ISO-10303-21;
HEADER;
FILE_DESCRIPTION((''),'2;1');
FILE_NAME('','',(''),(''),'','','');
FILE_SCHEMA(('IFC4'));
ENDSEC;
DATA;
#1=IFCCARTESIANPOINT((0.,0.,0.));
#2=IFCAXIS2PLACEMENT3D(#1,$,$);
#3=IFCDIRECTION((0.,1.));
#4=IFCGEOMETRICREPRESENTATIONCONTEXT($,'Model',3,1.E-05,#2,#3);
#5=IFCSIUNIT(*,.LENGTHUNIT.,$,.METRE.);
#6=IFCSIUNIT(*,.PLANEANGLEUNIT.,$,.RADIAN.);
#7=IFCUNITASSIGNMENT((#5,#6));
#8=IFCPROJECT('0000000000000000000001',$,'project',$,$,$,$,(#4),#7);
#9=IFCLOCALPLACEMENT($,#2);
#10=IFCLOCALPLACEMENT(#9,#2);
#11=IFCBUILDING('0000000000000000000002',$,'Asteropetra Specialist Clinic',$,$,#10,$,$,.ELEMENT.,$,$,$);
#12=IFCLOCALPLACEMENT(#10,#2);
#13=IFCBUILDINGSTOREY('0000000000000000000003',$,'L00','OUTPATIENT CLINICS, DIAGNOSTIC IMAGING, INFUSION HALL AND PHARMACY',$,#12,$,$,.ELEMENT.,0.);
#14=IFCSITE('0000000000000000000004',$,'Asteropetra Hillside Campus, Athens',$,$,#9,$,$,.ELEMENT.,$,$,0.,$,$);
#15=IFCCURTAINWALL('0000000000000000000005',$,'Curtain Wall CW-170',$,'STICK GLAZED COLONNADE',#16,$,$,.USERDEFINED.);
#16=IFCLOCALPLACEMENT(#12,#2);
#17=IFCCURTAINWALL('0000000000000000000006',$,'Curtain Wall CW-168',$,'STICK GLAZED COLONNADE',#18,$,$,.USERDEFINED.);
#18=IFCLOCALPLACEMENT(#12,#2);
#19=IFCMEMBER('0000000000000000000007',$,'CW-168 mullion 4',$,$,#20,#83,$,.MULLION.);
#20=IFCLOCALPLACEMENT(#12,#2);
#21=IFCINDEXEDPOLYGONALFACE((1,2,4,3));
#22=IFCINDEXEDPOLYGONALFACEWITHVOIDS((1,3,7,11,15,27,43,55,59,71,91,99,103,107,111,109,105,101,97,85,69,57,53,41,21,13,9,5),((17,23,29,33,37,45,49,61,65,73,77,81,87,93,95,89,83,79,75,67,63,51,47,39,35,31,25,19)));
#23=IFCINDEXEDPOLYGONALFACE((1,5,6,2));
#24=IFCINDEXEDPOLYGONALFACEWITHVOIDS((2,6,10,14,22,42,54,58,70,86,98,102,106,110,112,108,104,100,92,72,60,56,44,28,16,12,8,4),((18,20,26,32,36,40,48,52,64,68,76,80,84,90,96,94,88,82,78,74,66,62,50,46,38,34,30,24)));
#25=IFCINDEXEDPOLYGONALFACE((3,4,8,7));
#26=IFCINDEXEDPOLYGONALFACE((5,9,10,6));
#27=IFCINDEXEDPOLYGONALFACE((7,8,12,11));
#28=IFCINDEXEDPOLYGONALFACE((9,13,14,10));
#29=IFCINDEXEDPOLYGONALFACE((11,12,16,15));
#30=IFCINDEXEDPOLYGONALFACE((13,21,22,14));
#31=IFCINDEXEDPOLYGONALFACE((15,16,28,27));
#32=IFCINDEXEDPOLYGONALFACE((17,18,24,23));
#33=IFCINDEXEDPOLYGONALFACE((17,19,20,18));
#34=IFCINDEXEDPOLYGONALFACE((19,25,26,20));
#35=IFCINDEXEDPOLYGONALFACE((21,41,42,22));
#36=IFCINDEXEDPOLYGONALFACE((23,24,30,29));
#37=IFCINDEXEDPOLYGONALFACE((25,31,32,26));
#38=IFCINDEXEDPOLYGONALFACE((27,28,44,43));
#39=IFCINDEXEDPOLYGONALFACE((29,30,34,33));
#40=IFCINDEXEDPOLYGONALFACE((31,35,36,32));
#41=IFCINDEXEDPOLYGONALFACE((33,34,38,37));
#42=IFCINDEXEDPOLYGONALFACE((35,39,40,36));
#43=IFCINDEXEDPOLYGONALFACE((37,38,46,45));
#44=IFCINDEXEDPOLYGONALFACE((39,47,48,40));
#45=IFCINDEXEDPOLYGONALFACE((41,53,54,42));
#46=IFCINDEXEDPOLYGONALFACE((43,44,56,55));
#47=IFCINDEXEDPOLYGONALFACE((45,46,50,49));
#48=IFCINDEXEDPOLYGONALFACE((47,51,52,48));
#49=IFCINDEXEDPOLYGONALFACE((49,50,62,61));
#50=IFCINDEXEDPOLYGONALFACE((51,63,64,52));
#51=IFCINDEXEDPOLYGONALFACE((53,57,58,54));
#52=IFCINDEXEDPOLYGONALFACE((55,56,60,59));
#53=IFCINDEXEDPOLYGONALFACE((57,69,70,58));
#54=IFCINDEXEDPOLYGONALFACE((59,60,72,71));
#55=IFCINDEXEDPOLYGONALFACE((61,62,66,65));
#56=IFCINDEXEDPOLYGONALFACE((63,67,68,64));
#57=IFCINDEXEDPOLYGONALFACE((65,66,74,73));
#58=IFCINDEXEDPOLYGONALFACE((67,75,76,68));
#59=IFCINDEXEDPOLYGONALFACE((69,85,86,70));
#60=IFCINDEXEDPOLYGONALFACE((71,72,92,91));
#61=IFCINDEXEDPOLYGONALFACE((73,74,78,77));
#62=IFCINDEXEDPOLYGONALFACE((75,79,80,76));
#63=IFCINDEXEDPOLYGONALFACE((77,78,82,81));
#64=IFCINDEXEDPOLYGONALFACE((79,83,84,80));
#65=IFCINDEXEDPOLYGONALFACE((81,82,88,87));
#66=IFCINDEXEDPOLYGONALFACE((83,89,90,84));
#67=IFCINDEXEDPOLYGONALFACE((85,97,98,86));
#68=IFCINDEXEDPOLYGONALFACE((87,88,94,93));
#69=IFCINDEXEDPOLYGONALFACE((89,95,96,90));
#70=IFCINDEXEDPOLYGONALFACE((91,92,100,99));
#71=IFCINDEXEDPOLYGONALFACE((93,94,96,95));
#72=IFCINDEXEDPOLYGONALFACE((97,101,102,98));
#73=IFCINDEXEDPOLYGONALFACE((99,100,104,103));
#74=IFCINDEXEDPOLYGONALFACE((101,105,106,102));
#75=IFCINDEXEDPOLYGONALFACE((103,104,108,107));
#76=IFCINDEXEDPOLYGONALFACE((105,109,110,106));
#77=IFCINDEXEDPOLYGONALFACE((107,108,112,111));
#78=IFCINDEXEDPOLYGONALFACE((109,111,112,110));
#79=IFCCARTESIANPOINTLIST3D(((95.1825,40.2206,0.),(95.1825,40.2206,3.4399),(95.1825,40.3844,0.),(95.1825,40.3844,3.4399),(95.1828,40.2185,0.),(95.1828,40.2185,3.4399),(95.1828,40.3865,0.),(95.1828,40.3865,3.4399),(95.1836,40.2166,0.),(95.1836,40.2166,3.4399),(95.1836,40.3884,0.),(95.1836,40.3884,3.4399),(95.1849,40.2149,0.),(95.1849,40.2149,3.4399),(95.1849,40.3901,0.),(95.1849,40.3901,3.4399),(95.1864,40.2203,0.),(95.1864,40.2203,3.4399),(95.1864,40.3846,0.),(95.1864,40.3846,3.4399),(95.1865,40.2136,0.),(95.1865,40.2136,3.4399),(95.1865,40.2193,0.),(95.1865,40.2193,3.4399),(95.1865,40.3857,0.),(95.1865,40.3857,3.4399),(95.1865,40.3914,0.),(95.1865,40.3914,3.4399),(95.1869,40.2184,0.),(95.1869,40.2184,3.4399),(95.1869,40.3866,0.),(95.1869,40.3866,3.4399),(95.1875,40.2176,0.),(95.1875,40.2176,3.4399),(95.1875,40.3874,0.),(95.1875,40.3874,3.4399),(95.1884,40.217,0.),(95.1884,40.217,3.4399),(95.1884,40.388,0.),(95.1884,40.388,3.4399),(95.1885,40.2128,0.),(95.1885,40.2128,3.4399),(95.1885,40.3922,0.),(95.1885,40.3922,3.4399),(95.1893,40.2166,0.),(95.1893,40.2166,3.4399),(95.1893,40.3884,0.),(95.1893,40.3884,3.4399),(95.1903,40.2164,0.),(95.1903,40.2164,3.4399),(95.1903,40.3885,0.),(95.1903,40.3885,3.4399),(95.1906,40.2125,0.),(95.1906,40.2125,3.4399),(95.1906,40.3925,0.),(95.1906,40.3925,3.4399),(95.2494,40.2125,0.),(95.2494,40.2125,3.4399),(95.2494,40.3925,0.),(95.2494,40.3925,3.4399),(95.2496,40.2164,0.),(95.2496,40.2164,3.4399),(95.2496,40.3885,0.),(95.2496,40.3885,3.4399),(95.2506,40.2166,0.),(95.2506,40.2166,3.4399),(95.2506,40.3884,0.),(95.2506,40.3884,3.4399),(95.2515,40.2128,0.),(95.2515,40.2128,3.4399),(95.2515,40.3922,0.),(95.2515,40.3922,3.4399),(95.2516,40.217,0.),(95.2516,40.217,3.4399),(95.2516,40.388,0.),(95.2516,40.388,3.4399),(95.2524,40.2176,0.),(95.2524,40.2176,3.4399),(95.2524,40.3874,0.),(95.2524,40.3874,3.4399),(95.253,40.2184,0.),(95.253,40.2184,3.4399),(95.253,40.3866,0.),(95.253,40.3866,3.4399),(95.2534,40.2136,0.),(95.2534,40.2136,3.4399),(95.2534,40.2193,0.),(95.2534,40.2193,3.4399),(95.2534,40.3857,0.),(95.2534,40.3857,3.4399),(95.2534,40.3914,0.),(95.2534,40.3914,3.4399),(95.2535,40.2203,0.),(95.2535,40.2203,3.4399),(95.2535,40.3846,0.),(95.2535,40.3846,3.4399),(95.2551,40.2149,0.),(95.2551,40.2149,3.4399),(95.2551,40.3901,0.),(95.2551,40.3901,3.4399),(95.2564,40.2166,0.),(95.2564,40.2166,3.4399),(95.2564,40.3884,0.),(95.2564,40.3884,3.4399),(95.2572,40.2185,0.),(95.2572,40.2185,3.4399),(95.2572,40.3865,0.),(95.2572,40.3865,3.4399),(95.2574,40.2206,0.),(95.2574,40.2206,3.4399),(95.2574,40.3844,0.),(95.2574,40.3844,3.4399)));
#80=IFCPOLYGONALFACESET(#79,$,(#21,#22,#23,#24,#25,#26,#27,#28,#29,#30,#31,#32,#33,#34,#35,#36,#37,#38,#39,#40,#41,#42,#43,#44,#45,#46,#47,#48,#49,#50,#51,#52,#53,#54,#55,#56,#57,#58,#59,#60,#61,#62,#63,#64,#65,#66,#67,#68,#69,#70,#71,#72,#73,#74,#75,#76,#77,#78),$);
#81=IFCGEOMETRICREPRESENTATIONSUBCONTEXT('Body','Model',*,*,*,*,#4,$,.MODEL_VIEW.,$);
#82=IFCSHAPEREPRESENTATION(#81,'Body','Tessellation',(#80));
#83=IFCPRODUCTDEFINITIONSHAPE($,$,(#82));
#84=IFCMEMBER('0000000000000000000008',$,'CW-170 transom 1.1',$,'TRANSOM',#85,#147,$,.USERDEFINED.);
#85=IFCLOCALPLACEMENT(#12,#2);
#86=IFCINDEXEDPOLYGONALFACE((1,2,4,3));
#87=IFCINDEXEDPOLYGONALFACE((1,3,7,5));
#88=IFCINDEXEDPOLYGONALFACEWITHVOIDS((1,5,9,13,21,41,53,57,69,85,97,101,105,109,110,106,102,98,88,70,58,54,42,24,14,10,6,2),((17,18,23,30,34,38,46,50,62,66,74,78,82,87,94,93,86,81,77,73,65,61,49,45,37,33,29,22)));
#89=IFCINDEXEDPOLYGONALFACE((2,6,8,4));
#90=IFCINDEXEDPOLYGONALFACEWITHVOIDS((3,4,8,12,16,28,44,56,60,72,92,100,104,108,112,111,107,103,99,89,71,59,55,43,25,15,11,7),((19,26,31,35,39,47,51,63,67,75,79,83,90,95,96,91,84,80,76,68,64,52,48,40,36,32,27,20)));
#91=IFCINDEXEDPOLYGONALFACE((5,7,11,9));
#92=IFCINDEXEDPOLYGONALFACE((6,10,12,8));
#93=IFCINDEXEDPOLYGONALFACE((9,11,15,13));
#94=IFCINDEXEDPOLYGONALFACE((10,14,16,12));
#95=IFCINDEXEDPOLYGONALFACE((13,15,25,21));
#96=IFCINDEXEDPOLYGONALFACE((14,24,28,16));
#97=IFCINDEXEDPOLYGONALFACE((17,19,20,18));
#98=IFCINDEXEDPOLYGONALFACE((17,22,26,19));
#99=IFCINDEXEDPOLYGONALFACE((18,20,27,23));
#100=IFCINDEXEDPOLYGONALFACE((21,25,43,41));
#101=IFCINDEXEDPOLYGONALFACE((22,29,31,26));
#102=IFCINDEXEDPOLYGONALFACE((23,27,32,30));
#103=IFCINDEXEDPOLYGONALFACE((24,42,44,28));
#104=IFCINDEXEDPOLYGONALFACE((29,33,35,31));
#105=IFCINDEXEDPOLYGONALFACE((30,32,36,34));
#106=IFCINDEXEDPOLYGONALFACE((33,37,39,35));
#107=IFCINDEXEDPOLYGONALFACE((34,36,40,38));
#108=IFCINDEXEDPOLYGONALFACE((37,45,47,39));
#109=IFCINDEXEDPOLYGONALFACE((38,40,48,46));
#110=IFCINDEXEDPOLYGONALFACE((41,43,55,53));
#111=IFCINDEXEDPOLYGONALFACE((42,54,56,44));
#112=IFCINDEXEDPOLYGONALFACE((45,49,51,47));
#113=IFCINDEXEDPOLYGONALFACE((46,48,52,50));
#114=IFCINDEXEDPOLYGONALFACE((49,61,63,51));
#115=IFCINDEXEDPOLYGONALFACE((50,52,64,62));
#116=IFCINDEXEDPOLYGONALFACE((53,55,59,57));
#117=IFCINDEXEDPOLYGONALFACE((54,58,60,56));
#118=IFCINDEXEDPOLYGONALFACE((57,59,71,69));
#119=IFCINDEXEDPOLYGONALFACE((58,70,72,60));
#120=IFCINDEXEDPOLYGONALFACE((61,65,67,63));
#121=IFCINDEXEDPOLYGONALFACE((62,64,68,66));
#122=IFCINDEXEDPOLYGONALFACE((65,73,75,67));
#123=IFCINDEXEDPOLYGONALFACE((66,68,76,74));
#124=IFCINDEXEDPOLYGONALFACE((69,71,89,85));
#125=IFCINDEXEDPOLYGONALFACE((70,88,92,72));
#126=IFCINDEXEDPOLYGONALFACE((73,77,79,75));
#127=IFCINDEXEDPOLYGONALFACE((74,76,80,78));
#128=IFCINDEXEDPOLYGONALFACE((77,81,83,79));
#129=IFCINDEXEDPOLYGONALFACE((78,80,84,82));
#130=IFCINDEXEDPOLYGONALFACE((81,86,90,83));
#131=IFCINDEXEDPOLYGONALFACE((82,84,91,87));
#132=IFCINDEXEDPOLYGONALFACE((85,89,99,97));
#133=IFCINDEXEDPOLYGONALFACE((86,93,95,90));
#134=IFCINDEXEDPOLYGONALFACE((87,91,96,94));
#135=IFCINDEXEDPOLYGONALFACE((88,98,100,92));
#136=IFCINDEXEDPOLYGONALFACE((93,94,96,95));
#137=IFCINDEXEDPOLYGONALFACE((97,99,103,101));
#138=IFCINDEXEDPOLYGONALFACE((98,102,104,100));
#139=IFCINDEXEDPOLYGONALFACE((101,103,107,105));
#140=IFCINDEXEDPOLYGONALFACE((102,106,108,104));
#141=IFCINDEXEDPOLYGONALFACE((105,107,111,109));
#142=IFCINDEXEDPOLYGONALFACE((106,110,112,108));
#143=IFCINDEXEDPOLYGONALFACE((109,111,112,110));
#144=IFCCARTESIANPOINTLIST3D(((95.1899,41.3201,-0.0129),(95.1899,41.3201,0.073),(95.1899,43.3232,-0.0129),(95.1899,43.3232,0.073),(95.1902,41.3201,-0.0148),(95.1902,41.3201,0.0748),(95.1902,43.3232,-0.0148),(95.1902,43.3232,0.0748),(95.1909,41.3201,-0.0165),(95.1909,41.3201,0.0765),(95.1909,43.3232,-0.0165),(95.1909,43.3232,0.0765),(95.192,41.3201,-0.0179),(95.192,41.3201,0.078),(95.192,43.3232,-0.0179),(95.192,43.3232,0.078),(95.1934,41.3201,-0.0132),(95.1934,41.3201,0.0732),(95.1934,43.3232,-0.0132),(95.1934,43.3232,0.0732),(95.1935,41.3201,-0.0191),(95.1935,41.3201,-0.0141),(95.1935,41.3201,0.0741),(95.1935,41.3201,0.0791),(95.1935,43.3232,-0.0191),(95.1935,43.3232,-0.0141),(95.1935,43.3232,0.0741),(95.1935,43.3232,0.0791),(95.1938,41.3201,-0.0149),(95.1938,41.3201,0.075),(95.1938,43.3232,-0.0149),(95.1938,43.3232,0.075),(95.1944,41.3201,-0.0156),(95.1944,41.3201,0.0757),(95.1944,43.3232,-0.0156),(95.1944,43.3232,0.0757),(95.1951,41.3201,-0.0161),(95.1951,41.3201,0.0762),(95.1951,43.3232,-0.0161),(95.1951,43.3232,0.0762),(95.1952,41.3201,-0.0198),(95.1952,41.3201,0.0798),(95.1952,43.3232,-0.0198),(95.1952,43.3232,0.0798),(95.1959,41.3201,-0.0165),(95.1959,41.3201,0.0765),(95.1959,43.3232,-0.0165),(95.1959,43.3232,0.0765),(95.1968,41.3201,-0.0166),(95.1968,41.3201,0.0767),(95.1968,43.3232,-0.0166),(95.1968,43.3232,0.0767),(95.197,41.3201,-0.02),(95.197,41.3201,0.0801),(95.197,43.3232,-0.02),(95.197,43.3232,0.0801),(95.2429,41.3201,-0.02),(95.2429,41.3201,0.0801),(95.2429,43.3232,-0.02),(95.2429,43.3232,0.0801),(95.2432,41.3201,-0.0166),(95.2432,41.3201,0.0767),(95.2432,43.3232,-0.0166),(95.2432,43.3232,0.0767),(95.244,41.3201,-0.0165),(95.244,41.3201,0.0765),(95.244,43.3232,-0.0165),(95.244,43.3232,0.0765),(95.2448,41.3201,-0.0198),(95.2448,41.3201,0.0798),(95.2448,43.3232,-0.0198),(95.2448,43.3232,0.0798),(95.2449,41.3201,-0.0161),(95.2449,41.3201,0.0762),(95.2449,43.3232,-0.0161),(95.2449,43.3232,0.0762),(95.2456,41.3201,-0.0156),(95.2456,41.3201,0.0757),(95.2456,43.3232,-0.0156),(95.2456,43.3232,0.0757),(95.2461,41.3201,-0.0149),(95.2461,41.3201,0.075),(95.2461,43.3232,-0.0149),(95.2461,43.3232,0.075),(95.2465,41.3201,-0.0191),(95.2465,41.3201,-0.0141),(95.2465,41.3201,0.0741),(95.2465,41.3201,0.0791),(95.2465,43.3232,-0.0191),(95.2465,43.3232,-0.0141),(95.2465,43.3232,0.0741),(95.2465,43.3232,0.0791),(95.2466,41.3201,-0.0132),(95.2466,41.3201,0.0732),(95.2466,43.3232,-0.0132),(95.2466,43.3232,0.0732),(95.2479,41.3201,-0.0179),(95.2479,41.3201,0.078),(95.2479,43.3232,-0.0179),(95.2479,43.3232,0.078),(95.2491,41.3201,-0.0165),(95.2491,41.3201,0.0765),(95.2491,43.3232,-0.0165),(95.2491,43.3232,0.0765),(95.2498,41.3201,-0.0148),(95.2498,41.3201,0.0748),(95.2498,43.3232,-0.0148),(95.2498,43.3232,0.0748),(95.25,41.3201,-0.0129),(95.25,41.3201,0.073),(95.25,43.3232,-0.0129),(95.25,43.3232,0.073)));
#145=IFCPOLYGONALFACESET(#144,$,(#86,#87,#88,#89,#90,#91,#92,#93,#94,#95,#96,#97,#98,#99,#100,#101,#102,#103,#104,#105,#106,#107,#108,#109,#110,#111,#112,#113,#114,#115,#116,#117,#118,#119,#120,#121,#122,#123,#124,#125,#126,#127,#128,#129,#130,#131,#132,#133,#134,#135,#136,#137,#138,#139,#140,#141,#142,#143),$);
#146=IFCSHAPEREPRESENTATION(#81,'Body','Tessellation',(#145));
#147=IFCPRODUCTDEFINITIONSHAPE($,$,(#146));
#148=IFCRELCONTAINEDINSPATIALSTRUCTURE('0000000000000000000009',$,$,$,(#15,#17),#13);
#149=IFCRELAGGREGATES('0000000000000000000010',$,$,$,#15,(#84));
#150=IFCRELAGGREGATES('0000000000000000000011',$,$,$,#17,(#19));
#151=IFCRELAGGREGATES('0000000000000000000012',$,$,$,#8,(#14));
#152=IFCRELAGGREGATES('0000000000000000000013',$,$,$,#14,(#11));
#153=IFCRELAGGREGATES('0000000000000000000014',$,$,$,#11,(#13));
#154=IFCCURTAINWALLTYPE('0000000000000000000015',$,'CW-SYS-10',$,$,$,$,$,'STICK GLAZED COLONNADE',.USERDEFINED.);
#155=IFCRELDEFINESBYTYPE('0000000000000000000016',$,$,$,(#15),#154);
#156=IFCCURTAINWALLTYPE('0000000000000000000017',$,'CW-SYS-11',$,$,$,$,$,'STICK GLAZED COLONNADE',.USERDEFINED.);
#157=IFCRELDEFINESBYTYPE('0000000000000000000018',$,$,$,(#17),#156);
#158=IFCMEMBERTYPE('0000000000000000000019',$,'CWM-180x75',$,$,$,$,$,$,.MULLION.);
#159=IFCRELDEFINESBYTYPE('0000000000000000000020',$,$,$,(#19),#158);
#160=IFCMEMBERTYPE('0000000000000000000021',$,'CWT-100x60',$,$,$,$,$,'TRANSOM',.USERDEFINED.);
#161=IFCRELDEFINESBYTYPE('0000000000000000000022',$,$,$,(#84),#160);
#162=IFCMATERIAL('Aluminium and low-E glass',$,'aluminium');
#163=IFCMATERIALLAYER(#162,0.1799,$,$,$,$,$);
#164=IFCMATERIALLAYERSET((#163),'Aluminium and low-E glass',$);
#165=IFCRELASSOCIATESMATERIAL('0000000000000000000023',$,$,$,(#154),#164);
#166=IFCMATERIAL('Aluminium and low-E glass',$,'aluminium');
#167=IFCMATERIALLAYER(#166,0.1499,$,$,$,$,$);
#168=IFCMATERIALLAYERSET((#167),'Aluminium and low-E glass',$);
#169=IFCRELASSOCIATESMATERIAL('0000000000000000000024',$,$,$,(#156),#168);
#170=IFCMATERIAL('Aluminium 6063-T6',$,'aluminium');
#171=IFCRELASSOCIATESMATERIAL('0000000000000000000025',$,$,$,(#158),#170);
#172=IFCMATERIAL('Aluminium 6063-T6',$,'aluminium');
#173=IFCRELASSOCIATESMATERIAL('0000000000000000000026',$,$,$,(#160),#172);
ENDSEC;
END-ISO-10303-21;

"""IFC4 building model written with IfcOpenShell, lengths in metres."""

from ifc_helpers import new_model, si_unit, direction, frame, origin, origin_2d, place, context, subcontext, project, spatial, hollow_rectangle, extrude, material, layer, layer_set, material_profile, profile_set, type_object, element, aggregate, save


model = new_model("IFC4")

# Units and contexts
model_context = context("Model", 3, precision=1e-05, world=origin(), true_north=direction((0.0, 1.0)))
body_context = subcontext(model_context, "Body", "Model", "MODEL_VIEW")
ifc_project = project(units=[si_unit("LENGTHUNIT", "METRE"), si_unit("PLANEANGLEUNIT", "RADIAN")], contexts=[model_context])

# Site, building, storey
site_placement = place(None, origin())
site = spatial("IfcSite", under=ifc_project, at=site_placement, Name="Asteropetra Hillside Campus, Athens", CompositionType="ELEMENT", RefElevation=0.0)
building_placement = place(site_placement, origin())
building = spatial("IfcBuilding", under=site, at=building_placement, Name="Asteropetra Specialist Clinic", CompositionType="ELEMENT")
storey_placement = place(building_placement, origin())
storey = spatial("IfcBuildingStorey", under=building, at=storey_placement, Name="L00", Description="OUTPATIENT CLINICS, DIAGNOSTIC IMAGING, INFUSION HALL AND PHARMACY", CompositionType="ELEMENT", Elevation=0.0)

# Curtain wall
ifc_material_1 = material(Name="Aluminium and low-E glass", Category="aluminium")
ifc_layer_1 = layer(ifc_material_1, 0.1799)
ifc_layer_set_1 = layer_set([ifc_layer_1], Name="Aluminium and low-E glass")
curtain_wall_type_1 = type_object("IfcCurtainWallType", Name="CW-SYS-10", ElementType="STICK GLAZED COLONNADE", PredefinedType="USERDEFINED", material=ifc_layer_set_1)
curtain_wall_1_placement = place(storey_placement, origin())
curtain_wall_1 = element("IfcCurtainWall", 1, at=curtain_wall_1_placement, inside=storey, type_object=curtain_wall_type_1, Name="Curtain Wall CW-170", ObjectType="STICK GLAZED COLONNADE", PredefinedType="USERDEFINED")

# Curtain wall, member
ifc_material_2 = material(Name="Aluminium and low-E glass", Category="aluminium")
ifc_layer_2 = layer(ifc_material_2, 0.1499)
ifc_layer_set_2 = layer_set([ifc_layer_2], Name="Aluminium and low-E glass")
curtain_wall_type_2 = type_object("IfcCurtainWallType", Name="CW-SYS-11", ElementType="STICK GLAZED COLONNADE", PredefinedType="USERDEFINED", material=ifc_layer_set_2)
curtain_wall_2_placement = place(storey_placement, origin())
curtain_wall_2 = element("IfcCurtainWall", 2, at=curtain_wall_2_placement, inside=storey, type_object=curtain_wall_type_2, Name="Curtain Wall CW-168", ObjectType="STICK GLAZED COLONNADE", PredefinedType="USERDEFINED")
ifc_material_3 = material(Name="Aluminium 6063-T6", Category="aluminium")
ifc_material_profile_1 = material_profile(ifc_material_3, hollow_rectangle(XDim=0.075, YDim=0.1799, WallThickness=0.0039, InnerFilletRadius=0.0039, OuterFilletRadius=0.0081, at=origin_2d()), Name="MUL 180x75x4.0")
ifc_profile_set_1 = profile_set([ifc_material_profile_1], Name="Aluminium 6063-T6")
member_type_1 = type_object("IfcMemberType", Name="CWM-180x75", PredefinedType="MULLION", material=ifc_profile_set_1)
member_1_placement = place(storey_placement, frame((95.22, 40.3025, 0.0), z_axis=(0.0, 0.0, 1.0), x_axis=(-1.0, 0.0, 0.0)))
member_1 = element("IfcMember", 3, at=member_1_placement, type_object=member_type_1, Name="CW-168 mullion 4", PredefinedType="MULLION", context=body_context, shape_type="SweptSolid", body=[
    extrude(hollow_rectangle(XDim=0.075, YDim=0.1799, WallThickness=0.0039, InnerFilletRadius=0.0039, OuterFilletRadius=0.0081, at=origin_2d()), origin(), (0.0, 0.0, 1.0), 3.4399),
])

# Member
ifc_material_4 = material(Name="Aluminium 6063-T6", Category="aluminium")
ifc_material_profile_2 = material_profile(ifc_material_4, hollow_rectangle(XDim=0.0601, YDim=0.1001, WallThickness=0.0034, InnerFilletRadius=0.0034, OuterFilletRadius=0.0071, at=origin_2d()), Name="TRN 100x60x3.5")
ifc_profile_set_2 = profile_set([ifc_material_profile_2], Name="Aluminium 6063-T6")
member_type_2 = type_object("IfcMemberType", Name="CWT-100x60", ElementType="TRANSOM", PredefinedType="USERDEFINED", material=ifc_profile_set_2)
member_2_placement = place(storey_placement, frame((95.22, 41.3201, 0.03), z_axis=(0.0, 1.0, 0.0), x_axis=(-1.0, 0.0, 0.0)))
member_2 = element("IfcMember", 4, at=member_2_placement, type_object=member_type_2, Name="CW-170 transom 1.1", ObjectType="TRANSOM", PredefinedType="USERDEFINED", context=body_context, shape_type="SweptSolid", body=[
    extrude(hollow_rectangle(XDim=0.0601, YDim=0.1001, WallThickness=0.0034, InnerFilletRadius=0.0034, OuterFilletRadius=0.0071, at=origin_2d()), origin(), (0.0, 0.0, 1.0), 2.0032),
])
aggregate(curtain_wall_1, [member_2])

aggregate(curtain_wall_2, [member_1])

save(model, "model.ifc")
